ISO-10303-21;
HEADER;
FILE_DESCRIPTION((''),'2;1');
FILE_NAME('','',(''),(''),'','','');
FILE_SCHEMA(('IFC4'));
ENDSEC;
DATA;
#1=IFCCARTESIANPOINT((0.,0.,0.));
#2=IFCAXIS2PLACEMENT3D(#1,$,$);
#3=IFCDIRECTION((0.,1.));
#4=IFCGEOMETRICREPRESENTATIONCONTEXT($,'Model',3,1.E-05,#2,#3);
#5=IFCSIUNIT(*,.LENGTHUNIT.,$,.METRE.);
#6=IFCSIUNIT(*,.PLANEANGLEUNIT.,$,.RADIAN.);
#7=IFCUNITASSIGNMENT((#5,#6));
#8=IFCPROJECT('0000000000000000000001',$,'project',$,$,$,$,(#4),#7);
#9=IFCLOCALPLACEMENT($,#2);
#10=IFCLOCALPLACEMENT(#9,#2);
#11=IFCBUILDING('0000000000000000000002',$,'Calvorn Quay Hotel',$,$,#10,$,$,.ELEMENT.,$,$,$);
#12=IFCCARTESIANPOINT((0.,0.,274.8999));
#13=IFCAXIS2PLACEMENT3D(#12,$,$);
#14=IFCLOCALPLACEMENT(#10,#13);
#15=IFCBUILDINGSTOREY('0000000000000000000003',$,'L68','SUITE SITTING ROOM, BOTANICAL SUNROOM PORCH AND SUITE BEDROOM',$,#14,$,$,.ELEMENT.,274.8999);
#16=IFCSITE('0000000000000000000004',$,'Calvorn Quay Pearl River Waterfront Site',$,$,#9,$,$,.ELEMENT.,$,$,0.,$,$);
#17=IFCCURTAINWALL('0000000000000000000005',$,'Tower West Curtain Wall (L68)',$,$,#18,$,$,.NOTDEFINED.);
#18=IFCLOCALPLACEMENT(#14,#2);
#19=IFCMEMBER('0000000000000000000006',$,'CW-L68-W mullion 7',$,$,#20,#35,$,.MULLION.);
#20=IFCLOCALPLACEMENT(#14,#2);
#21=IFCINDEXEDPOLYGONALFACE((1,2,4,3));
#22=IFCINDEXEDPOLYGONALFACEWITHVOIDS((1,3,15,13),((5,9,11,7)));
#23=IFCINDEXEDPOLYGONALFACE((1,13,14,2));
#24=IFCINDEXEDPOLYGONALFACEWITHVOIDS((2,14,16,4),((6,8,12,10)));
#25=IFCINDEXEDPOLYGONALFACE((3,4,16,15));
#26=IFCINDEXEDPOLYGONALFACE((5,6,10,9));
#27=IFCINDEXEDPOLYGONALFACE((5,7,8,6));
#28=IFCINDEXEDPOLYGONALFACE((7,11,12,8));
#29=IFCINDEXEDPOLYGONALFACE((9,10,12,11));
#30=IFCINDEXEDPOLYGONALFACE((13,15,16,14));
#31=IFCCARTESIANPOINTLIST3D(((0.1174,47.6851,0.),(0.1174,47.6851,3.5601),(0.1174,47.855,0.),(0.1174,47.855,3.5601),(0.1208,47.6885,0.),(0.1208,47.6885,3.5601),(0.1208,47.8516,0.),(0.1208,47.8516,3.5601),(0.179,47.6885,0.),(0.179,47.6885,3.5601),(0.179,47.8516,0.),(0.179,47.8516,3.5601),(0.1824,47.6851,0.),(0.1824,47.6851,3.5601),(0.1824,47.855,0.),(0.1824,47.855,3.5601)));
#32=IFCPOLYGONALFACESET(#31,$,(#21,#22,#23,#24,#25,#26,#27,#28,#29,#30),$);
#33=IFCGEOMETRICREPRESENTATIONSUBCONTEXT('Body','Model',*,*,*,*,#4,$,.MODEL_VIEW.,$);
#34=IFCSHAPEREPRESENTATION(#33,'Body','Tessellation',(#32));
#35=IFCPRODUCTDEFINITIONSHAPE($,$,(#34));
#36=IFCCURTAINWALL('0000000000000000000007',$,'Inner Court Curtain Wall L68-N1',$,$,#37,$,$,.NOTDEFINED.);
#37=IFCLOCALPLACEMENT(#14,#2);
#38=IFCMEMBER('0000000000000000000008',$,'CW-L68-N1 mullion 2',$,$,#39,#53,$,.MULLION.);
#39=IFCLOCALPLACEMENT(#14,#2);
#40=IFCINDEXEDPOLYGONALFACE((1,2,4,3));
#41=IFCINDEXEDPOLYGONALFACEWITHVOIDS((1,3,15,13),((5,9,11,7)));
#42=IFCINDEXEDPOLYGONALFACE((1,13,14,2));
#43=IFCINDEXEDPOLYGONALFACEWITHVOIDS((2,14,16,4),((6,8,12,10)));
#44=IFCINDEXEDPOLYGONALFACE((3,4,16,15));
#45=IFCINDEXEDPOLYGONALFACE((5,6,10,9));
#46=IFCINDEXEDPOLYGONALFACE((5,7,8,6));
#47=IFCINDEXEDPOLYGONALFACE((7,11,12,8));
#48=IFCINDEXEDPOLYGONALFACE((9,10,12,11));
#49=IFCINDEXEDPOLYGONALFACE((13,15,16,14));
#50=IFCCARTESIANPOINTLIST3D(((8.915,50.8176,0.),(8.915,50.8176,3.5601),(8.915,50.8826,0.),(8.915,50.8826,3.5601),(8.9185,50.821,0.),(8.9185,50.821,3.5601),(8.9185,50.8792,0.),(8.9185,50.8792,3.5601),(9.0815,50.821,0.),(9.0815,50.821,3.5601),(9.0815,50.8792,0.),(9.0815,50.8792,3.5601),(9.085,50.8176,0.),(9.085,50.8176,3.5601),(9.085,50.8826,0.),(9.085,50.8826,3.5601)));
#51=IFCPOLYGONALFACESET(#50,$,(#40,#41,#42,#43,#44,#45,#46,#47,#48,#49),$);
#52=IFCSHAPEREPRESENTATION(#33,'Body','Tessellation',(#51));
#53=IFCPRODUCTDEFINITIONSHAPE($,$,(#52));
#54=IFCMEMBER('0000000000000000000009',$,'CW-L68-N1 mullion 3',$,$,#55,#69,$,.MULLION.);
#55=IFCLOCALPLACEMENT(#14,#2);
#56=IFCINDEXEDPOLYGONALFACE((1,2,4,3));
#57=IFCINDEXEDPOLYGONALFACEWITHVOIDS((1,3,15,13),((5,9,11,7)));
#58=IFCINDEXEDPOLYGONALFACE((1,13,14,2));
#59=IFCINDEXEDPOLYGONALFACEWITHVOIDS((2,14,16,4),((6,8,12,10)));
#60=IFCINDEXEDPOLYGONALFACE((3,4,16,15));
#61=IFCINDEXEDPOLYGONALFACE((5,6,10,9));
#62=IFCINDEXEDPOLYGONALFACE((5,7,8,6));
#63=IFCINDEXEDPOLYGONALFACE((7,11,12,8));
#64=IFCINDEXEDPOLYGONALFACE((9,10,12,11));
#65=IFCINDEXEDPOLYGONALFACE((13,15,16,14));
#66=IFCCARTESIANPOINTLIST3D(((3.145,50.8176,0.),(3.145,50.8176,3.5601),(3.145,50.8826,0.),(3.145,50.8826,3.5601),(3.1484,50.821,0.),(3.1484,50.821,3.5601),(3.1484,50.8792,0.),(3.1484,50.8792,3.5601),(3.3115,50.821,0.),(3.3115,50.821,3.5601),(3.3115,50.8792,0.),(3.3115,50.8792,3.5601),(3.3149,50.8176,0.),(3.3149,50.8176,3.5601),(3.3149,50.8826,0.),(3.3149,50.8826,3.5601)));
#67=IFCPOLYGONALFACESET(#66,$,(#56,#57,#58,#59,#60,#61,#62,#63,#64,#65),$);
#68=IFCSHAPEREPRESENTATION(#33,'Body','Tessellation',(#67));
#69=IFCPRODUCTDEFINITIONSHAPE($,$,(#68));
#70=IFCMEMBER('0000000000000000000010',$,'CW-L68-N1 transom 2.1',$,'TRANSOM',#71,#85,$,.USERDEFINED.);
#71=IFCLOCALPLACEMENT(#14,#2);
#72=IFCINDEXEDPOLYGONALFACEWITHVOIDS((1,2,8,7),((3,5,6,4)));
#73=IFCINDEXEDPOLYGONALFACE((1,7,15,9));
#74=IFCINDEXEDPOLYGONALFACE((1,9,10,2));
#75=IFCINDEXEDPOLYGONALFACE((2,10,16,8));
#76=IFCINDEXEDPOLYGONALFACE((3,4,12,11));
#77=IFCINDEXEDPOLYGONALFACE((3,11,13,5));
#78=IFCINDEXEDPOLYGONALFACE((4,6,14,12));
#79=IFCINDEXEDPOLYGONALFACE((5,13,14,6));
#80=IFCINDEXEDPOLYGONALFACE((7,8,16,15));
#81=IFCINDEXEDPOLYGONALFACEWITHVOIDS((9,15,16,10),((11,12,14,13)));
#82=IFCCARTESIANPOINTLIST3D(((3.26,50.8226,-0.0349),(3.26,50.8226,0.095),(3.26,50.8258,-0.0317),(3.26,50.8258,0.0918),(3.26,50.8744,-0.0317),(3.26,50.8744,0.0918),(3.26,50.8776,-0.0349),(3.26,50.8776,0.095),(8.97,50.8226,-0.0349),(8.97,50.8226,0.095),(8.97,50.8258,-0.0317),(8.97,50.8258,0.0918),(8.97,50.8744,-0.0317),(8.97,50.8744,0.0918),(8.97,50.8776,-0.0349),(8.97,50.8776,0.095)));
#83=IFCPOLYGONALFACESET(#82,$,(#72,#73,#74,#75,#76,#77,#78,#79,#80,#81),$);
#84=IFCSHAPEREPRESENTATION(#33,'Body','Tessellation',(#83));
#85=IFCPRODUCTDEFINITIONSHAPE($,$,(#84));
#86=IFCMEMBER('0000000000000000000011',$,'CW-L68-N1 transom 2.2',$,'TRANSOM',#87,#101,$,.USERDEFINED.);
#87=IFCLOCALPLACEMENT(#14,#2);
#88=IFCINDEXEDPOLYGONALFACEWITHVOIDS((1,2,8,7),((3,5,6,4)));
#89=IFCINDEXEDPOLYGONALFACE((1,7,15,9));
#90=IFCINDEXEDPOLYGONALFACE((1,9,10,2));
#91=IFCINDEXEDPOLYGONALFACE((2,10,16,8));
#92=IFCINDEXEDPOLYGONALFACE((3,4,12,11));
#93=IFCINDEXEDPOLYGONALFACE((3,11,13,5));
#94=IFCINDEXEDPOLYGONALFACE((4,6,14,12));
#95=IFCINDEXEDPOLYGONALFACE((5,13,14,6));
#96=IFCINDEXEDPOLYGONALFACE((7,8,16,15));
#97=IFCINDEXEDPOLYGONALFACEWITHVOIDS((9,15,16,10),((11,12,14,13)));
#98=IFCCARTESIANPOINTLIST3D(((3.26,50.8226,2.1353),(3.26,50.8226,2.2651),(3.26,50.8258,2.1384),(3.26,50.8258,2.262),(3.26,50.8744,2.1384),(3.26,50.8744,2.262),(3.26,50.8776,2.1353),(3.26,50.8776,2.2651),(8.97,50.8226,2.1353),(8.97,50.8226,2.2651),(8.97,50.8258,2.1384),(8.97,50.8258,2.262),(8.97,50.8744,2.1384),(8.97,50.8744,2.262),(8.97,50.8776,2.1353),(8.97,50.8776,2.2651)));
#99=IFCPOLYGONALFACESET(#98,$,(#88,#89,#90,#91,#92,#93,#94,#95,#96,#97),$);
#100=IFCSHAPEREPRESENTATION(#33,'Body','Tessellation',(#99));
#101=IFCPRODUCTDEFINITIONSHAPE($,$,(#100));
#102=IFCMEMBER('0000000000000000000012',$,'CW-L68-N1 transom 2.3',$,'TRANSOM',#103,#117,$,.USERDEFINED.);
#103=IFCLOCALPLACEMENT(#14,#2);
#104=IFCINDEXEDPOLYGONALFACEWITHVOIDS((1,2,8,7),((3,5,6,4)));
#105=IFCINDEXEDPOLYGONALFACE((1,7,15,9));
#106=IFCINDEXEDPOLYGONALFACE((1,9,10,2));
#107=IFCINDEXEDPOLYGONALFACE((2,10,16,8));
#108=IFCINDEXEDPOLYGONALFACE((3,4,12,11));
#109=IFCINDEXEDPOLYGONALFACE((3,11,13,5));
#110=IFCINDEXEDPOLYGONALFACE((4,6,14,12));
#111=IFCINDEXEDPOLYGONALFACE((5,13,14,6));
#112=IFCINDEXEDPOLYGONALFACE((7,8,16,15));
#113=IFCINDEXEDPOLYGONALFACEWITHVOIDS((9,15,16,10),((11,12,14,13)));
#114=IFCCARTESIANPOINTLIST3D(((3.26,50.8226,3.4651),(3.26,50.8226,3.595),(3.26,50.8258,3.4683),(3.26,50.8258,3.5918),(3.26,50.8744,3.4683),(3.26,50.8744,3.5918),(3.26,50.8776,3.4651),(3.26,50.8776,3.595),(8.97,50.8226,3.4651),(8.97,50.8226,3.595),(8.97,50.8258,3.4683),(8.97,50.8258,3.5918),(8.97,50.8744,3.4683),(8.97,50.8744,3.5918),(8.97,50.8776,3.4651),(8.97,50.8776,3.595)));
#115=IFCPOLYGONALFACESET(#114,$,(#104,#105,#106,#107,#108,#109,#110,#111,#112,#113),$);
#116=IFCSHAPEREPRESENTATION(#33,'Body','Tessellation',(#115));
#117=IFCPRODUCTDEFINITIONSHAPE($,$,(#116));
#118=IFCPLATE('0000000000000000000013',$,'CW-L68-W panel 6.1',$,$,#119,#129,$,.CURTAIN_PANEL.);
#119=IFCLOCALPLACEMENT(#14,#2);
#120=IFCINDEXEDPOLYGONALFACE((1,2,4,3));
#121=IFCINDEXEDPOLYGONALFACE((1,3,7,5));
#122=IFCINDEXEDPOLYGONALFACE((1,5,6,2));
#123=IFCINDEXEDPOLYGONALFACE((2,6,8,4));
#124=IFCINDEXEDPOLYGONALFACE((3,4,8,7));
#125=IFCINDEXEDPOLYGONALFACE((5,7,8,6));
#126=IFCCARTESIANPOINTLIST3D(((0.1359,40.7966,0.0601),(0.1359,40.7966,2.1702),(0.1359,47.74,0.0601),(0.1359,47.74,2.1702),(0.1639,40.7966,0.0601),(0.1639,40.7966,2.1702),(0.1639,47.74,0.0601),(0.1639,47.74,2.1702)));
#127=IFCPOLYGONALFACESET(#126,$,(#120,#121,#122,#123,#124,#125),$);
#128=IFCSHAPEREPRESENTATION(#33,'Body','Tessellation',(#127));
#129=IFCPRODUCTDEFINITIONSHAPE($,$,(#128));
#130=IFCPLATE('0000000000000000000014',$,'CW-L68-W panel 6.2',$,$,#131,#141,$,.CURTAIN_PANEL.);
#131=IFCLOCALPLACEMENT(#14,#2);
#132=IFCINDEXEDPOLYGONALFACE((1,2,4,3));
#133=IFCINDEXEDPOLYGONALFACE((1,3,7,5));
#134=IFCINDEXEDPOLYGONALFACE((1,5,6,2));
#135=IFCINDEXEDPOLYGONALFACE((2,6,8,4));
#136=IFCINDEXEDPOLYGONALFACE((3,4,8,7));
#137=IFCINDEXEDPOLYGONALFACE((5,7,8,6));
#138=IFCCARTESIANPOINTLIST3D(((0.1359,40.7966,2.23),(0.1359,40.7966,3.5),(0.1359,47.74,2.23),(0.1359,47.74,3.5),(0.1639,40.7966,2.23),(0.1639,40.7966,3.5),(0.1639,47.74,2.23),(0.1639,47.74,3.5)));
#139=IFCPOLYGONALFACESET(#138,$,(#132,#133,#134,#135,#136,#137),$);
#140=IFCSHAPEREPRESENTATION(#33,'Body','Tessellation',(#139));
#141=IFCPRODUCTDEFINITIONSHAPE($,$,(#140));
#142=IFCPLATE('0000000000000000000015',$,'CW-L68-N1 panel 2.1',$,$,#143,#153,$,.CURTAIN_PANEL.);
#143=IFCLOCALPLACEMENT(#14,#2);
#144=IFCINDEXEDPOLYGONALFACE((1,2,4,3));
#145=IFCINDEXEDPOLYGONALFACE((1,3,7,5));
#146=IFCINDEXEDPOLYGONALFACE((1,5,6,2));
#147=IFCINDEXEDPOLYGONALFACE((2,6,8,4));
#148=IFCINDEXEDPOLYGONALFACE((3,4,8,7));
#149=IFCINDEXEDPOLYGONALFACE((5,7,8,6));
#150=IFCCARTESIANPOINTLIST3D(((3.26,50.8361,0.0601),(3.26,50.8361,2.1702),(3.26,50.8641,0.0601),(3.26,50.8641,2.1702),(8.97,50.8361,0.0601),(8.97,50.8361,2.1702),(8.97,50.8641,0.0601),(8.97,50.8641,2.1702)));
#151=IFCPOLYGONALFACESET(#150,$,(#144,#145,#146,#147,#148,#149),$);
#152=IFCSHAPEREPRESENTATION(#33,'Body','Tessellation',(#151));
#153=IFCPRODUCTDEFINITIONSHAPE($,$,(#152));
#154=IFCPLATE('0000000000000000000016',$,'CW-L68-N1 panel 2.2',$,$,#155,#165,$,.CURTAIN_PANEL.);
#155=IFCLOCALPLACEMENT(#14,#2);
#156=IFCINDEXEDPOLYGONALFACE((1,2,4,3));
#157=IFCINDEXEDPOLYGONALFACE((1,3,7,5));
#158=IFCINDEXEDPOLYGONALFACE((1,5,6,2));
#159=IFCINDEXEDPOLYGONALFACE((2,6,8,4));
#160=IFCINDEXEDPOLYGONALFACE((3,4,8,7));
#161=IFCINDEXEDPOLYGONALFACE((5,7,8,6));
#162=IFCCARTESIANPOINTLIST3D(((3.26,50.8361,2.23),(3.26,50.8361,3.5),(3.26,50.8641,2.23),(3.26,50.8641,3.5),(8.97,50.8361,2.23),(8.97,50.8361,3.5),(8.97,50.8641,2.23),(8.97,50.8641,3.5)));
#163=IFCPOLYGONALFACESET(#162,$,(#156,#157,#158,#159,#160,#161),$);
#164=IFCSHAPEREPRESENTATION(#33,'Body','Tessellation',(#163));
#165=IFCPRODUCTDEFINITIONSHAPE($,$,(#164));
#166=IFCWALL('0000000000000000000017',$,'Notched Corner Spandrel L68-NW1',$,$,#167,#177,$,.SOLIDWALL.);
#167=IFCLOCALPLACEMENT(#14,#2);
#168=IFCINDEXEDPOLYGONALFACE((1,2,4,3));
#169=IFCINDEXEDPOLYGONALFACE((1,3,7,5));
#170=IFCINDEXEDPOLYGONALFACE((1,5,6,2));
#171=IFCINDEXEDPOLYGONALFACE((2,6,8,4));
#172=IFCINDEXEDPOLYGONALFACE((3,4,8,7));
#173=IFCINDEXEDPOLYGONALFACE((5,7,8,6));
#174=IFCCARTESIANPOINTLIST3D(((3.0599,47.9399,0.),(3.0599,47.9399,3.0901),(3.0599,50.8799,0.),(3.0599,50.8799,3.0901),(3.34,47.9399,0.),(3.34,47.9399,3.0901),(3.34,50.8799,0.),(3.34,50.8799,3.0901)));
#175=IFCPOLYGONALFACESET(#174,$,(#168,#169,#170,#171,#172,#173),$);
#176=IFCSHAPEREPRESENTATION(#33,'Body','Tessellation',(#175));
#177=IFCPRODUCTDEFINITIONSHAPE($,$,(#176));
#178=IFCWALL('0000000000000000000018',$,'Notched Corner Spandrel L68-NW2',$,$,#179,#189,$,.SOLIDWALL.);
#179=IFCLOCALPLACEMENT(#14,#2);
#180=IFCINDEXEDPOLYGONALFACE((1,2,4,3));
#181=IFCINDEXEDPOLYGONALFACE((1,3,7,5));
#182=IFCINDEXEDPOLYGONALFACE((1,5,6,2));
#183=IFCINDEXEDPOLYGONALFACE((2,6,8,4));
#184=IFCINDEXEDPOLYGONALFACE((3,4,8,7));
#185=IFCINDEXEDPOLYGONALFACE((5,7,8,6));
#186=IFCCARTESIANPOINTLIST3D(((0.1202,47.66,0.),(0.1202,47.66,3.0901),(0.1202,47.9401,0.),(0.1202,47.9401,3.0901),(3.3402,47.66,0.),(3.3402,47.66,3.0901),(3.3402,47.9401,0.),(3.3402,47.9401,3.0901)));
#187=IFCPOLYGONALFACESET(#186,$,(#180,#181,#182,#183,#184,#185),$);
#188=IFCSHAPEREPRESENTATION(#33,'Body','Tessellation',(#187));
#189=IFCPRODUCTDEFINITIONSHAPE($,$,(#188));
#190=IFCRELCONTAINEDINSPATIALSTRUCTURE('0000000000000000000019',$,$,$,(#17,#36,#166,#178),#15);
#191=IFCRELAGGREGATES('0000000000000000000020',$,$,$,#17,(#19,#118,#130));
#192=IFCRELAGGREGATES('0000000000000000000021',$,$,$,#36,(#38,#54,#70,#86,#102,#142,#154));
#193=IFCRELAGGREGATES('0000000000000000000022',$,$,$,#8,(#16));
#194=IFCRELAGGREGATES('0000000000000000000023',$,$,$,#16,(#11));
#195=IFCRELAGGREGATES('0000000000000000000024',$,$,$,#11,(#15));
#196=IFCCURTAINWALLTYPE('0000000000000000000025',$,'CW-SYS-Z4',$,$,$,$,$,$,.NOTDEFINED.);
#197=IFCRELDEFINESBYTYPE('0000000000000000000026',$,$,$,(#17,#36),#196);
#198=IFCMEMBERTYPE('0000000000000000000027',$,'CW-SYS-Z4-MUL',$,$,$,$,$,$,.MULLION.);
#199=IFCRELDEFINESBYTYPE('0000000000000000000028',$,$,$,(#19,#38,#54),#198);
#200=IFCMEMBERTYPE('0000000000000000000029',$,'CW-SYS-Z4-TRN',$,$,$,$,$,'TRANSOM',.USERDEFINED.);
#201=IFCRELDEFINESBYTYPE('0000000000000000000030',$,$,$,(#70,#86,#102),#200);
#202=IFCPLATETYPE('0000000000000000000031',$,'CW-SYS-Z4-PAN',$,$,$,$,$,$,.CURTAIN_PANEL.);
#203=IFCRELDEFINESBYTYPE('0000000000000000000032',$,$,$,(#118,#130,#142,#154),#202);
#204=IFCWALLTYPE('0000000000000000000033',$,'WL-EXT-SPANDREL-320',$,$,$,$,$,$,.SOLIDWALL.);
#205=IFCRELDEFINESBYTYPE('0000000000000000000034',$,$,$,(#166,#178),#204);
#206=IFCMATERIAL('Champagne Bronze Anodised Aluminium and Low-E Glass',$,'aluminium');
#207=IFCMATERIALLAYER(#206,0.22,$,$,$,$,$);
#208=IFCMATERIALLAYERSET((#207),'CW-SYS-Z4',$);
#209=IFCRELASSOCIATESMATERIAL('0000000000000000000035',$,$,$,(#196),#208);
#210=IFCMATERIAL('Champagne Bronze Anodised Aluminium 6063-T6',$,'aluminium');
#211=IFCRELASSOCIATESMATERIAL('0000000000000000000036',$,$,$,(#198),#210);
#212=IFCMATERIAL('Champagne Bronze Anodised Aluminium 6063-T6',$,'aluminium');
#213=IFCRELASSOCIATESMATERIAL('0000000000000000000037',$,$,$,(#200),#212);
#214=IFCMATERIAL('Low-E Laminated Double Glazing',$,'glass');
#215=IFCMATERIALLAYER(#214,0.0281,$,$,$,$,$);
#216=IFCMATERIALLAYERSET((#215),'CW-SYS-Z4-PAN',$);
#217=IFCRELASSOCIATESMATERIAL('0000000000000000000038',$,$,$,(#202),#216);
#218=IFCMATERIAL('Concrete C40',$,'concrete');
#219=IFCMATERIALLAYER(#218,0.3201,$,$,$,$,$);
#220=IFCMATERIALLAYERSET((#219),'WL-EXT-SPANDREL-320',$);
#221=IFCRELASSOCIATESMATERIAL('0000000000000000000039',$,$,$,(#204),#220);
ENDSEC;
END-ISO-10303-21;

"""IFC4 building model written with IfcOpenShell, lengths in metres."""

from ifc_helpers import new_model, si_unit, direction, frame, frame_2d, origin, origin_2d, place, context, subcontext, project, spatial, rectangle, hollow_rectangle, extrude, material, layer, layer_set, material_profile, profile_set, type_object, element, aggregate, save


model = new_model("IFC4")

# Units and contexts
model_context = context("Model", 3, precision=1e-05, world=origin(), true_north=direction((0.0, 1.0)))
body_context = subcontext(model_context, "Body", "Model", "MODEL_VIEW")
ifc_project = project(units=[si_unit("LENGTHUNIT", "METRE"), si_unit("PLANEANGLEUNIT", "RADIAN")], contexts=[model_context])

# Site, building, storey
site_placement = place(None, origin())
site = spatial("IfcSite", under=ifc_project, at=site_placement, Name="Calvorn Quay Pearl River Waterfront Site", CompositionType="ELEMENT", RefElevation=0.0)
building_placement = place(site_placement, origin())
building = spatial("IfcBuilding", under=site, at=building_placement, Name="Calvorn Quay Hotel", CompositionType="ELEMENT")
storey_placement = place(building_placement, frame((0.0, 0.0, 274.8999)))
storey = spatial("IfcBuildingStorey", under=building, at=storey_placement, Name="L68", Description="SUITE SITTING ROOM, BOTANICAL SUNROOM PORCH AND SUITE BEDROOM", CompositionType="ELEMENT", Elevation=274.8999)

# Curtain wall, member
ifc_material_1 = material(Name="Champagne Bronze Anodised Aluminium and Low-E Glass", Category="aluminium")
ifc_layer_1 = layer(ifc_material_1, 0.22)
ifc_layer_set_1 = layer_set([ifc_layer_1], Name="CW-SYS-Z4")
curtain_wall_type = type_object("IfcCurtainWallType", Name="CW-SYS-Z4", PredefinedType="NOTDEFINED", material=ifc_layer_set_1)
curtain_wall_1_placement = place(storey_placement, origin())
curtain_wall_1 = element("IfcCurtainWall", 1, at=curtain_wall_1_placement, inside=storey, type_object=curtain_wall_type, Name="Tower West Curtain Wall (L68)", PredefinedType="NOTDEFINED")
ifc_material_2 = material(Name="Champagne Bronze Anodised Aluminium 6063-T6", Category="aluminium")
ifc_material_profile_1 = material_profile(ifc_material_2, hollow_rectangle(XDim=0.0649, YDim=0.1699, WallThickness=0.0034, at=origin_2d()), Name="ALU-M170x65x3.5")
ifc_profile_set_1 = profile_set([ifc_material_profile_1], Name="Champagne Bronze Anodised Aluminium 6063-T6")
member_type_1 = type_object("IfcMemberType", Name="CW-SYS-Z4-MUL", PredefinedType="MULLION", material=ifc_profile_set_1)
member_1_placement = place(storey_placement, frame((0.1499, 47.77, 0.0), z_axis=(0.0, 0.0, 1.0), x_axis=(-1.0, 0.0, 0.0)))
member_1 = element("IfcMember", 2, at=member_1_placement, type_object=member_type_1, Name="CW-L68-W mullion 7", PredefinedType="MULLION", context=body_context, shape_type="SweptSolid", body=[
    extrude(hollow_rectangle(XDim=0.0649, YDim=0.1699, WallThickness=0.0034, at=origin_2d()), origin(), (0.0, 0.0, 1.0), 3.5601),
])

# Curtain wall, members
curtain_wall_2_placement = place(storey_placement, origin())
curtain_wall_2 = element("IfcCurtainWall", 3, at=curtain_wall_2_placement, inside=storey, type_object=curtain_wall_type, Name="Inner Court Curtain Wall L68-N1", PredefinedType="NOTDEFINED")
member_2_placement = place(storey_placement, frame((9.0, 50.8501, 0.0), z_axis=(0.0, 0.0, 1.0), x_axis=(0.0, -1.0, 0.0)))
member_2 = element("IfcMember", 4, at=member_2_placement, type_object=member_type_1, Name="CW-L68-N1 mullion 2", PredefinedType="MULLION", context=body_context, shape_type="SweptSolid", body=[
    extrude(hollow_rectangle(XDim=0.0649, YDim=0.1699, WallThickness=0.0034, at=origin_2d()), origin(), (0.0, 0.0, 1.0), 3.5601),
])
member_3_placement = place(storey_placement, frame((3.23, 50.8501, 0.0), z_axis=(0.0, 0.0, 1.0), x_axis=(0.0, -1.0, 0.0)))
member_3 = element("IfcMember", 5, at=member_3_placement, type_object=member_type_1, Name="CW-L68-N1 mullion 3", PredefinedType="MULLION", context=body_context, shape_type="SweptSolid", body=[
    extrude(hollow_rectangle(XDim=0.0649, YDim=0.1699, WallThickness=0.0034, at=origin_2d()), origin(), (0.0, 0.0, 1.0), 3.5601),
])
ifc_material_3 = material(Name="Champagne Bronze Anodised Aluminium 6063-T6", Category="aluminium")
ifc_material_profile_2 = material_profile(ifc_material_3, hollow_rectangle(XDim=0.0549, YDim=0.1299, WallThickness=0.0032, at=origin_2d()), Name="ALU-T130x55x3.2")
ifc_profile_set_2 = profile_set([ifc_material_profile_2], Name="Champagne Bronze Anodised Aluminium 6063-T6")
member_type_2 = type_object("IfcMemberType", Name="CW-SYS-Z4-TRN", ElementType="TRANSOM", PredefinedType="USERDEFINED", material=ifc_profile_set_2)
member_4_placement = place(storey_placement, frame((8.97, 50.8501, 0.03), z_axis=(-1.0, 0.0, 0.0), x_axis=(0.0, -1.0, 0.0)))
member_4 = element("IfcMember", 6, at=member_4_placement, type_object=member_type_2, Name="CW-L68-N1 transom 2.1", ObjectType="TRANSOM", PredefinedType="USERDEFINED", context=body_context, shape_type="SweptSolid", body=[
    extrude(hollow_rectangle(XDim=0.0549, YDim=0.1299, WallThickness=0.0032, at=origin_2d()), origin(), (0.0, 0.0, 1.0), 5.71),
])
member_5_placement = place(storey_placement, frame((8.97, 50.8501, 2.2002), z_axis=(-1.0, 0.0, 0.0), x_axis=(0.0, -1.0, 0.0)))
member_5 = element("IfcMember", 7, at=member_5_placement, type_object=member_type_2, Name="CW-L68-N1 transom 2.2", ObjectType="TRANSOM", PredefinedType="USERDEFINED", context=body_context, shape_type="SweptSolid", body=[
    extrude(hollow_rectangle(XDim=0.0549, YDim=0.1299, WallThickness=0.0032, at=origin_2d()), origin(), (0.0, 0.0, 1.0), 5.71),
])
member_6_placement = place(storey_placement, frame((8.97, 50.8501, 3.53), z_axis=(-1.0, 0.0, 0.0), x_axis=(0.0, -1.0, 0.0)))
member_6 = element("IfcMember", 8, at=member_6_placement, type_object=member_type_2, Name="CW-L68-N1 transom 2.3", ObjectType="TRANSOM", PredefinedType="USERDEFINED", context=body_context, shape_type="SweptSolid", body=[
    extrude(hollow_rectangle(XDim=0.0549, YDim=0.1299, WallThickness=0.0032, at=origin_2d()), origin(), (0.0, 0.0, 1.0), 5.71),
])

# Plates
ifc_material_4 = material(Name="Low-E Laminated Double Glazing", Category="glass")
ifc_layer_2 = layer(ifc_material_4, 0.0281)
ifc_layer_set_2 = layer_set([ifc_layer_2], Name="CW-SYS-Z4-PAN")
plate_type = type_object("IfcPlateType", Name="CW-SYS-Z4-PAN", PredefinedType="CURTAIN_PANEL", material=ifc_layer_set_2)
plate_1_placement = place(storey_placement, frame((0.1499, 44.2683, 0.0601), z_axis=(0.0, 0.0, 1.0), x_axis=(0.0, 1.0, 0.0)))
plate_1 = element("IfcPlate", 9, at=plate_1_placement, type_object=plate_type, Name="CW-L68-W panel 6.1", PredefinedType="CURTAIN_PANEL", context=body_context, shape_type="SweptSolid", body=[
    extrude(rectangle(XDim=6.9434, YDim=0.0281, at=origin_2d()), origin(), (0.0, 0.0, 1.0), 2.1101),
])
plate_2_placement = place(storey_placement, frame((0.1499, 44.2683, 2.23), z_axis=(0.0, 0.0, 1.0), x_axis=(0.0, 1.0, 0.0)))
plate_2 = element("IfcPlate", 10, at=plate_2_placement, type_object=plate_type, Name="CW-L68-W panel 6.2", PredefinedType="CURTAIN_PANEL", context=body_context, shape_type="SweptSolid", body=[
    extrude(rectangle(XDim=6.9434, YDim=0.0281, at=origin_2d()), origin(), (0.0, 0.0, 1.0), 1.27),
])
aggregate(curtain_wall_1, [member_1, plate_1, plate_2])
plate_3_placement = place(storey_placement, frame((6.115, 50.8501, 0.0601), z_axis=(0.0, 0.0, 1.0), x_axis=(-1.0, 0.0, 0.0)))
plate_3 = element("IfcPlate", 11, at=plate_3_placement, type_object=plate_type, Name="CW-L68-N1 panel 2.1", PredefinedType="CURTAIN_PANEL", context=body_context, shape_type="SweptSolid", body=[
    extrude(rectangle(XDim=5.71, YDim=0.0281, at=origin_2d()), origin(), (0.0, 0.0, 1.0), 2.1101),
])
plate_4_placement = place(storey_placement, frame((6.115, 50.8501, 2.23), z_axis=(0.0, 0.0, 1.0), x_axis=(-1.0, 0.0, 0.0)))
plate_4 = element("IfcPlate", 12, at=plate_4_placement, type_object=plate_type, Name="CW-L68-N1 panel 2.2", PredefinedType="CURTAIN_PANEL", context=body_context, shape_type="SweptSolid", body=[
    extrude(rectangle(XDim=5.71, YDim=0.0281, at=origin_2d()), origin(), (0.0, 0.0, 1.0), 1.27),
])
aggregate(curtain_wall_2, [member_2, member_3, member_4, member_5, member_6, plate_3, plate_4])

# Walls
ifc_material_5 = material(Name="Concrete C40", Category="concrete")
ifc_layer_3 = layer(ifc_material_5, 0.3201)
ifc_layer_set_3 = layer_set([ifc_layer_3], Name="WL-EXT-SPANDREL-320")
wall_type_1 = type_object("IfcWallType", Name="WL-EXT-SPANDREL-320", PredefinedType="SOLIDWALL", material=ifc_layer_set_3)
wall_1_placement = place(storey_placement, frame((3.2, 50.8799, 0.0), z_axis=(0.0, 0.0, 1.0), x_axis=(0.0, -1.0, 0.0)))
element("IfcWall", 13, at=wall_1_placement, inside=storey, type_object=wall_type_1, Name="Notched Corner Spandrel L68-NW1", PredefinedType="SOLIDWALL", context=body_context, shape_type="SweptSolid", body=[
    extrude(rectangle(XDim=2.9399, YDim=0.28, at=frame_2d((1.47, 0.0))), origin(), (0.0, 0.0, 1.0), 3.0901),
])
wall_2_placement = place(storey_placement, frame((3.3401, 47.8, 0.0), z_axis=(0.0, 0.0, 1.0), x_axis=(-1.0, 0.0, 0.0)))
element("IfcWall", 14, at=wall_2_placement, inside=storey, type_object=wall_type_1, Name="Notched Corner Spandrel L68-NW2", PredefinedType="SOLIDWALL", context=body_context, shape_type="SweptSolid", body=[
    extrude(rectangle(XDim=3.22, YDim=0.28, at=frame_2d((1.6099, 0.0))), origin(), (0.0, 0.0, 1.0), 3.0901),
])

save(model, "model.ifc")
